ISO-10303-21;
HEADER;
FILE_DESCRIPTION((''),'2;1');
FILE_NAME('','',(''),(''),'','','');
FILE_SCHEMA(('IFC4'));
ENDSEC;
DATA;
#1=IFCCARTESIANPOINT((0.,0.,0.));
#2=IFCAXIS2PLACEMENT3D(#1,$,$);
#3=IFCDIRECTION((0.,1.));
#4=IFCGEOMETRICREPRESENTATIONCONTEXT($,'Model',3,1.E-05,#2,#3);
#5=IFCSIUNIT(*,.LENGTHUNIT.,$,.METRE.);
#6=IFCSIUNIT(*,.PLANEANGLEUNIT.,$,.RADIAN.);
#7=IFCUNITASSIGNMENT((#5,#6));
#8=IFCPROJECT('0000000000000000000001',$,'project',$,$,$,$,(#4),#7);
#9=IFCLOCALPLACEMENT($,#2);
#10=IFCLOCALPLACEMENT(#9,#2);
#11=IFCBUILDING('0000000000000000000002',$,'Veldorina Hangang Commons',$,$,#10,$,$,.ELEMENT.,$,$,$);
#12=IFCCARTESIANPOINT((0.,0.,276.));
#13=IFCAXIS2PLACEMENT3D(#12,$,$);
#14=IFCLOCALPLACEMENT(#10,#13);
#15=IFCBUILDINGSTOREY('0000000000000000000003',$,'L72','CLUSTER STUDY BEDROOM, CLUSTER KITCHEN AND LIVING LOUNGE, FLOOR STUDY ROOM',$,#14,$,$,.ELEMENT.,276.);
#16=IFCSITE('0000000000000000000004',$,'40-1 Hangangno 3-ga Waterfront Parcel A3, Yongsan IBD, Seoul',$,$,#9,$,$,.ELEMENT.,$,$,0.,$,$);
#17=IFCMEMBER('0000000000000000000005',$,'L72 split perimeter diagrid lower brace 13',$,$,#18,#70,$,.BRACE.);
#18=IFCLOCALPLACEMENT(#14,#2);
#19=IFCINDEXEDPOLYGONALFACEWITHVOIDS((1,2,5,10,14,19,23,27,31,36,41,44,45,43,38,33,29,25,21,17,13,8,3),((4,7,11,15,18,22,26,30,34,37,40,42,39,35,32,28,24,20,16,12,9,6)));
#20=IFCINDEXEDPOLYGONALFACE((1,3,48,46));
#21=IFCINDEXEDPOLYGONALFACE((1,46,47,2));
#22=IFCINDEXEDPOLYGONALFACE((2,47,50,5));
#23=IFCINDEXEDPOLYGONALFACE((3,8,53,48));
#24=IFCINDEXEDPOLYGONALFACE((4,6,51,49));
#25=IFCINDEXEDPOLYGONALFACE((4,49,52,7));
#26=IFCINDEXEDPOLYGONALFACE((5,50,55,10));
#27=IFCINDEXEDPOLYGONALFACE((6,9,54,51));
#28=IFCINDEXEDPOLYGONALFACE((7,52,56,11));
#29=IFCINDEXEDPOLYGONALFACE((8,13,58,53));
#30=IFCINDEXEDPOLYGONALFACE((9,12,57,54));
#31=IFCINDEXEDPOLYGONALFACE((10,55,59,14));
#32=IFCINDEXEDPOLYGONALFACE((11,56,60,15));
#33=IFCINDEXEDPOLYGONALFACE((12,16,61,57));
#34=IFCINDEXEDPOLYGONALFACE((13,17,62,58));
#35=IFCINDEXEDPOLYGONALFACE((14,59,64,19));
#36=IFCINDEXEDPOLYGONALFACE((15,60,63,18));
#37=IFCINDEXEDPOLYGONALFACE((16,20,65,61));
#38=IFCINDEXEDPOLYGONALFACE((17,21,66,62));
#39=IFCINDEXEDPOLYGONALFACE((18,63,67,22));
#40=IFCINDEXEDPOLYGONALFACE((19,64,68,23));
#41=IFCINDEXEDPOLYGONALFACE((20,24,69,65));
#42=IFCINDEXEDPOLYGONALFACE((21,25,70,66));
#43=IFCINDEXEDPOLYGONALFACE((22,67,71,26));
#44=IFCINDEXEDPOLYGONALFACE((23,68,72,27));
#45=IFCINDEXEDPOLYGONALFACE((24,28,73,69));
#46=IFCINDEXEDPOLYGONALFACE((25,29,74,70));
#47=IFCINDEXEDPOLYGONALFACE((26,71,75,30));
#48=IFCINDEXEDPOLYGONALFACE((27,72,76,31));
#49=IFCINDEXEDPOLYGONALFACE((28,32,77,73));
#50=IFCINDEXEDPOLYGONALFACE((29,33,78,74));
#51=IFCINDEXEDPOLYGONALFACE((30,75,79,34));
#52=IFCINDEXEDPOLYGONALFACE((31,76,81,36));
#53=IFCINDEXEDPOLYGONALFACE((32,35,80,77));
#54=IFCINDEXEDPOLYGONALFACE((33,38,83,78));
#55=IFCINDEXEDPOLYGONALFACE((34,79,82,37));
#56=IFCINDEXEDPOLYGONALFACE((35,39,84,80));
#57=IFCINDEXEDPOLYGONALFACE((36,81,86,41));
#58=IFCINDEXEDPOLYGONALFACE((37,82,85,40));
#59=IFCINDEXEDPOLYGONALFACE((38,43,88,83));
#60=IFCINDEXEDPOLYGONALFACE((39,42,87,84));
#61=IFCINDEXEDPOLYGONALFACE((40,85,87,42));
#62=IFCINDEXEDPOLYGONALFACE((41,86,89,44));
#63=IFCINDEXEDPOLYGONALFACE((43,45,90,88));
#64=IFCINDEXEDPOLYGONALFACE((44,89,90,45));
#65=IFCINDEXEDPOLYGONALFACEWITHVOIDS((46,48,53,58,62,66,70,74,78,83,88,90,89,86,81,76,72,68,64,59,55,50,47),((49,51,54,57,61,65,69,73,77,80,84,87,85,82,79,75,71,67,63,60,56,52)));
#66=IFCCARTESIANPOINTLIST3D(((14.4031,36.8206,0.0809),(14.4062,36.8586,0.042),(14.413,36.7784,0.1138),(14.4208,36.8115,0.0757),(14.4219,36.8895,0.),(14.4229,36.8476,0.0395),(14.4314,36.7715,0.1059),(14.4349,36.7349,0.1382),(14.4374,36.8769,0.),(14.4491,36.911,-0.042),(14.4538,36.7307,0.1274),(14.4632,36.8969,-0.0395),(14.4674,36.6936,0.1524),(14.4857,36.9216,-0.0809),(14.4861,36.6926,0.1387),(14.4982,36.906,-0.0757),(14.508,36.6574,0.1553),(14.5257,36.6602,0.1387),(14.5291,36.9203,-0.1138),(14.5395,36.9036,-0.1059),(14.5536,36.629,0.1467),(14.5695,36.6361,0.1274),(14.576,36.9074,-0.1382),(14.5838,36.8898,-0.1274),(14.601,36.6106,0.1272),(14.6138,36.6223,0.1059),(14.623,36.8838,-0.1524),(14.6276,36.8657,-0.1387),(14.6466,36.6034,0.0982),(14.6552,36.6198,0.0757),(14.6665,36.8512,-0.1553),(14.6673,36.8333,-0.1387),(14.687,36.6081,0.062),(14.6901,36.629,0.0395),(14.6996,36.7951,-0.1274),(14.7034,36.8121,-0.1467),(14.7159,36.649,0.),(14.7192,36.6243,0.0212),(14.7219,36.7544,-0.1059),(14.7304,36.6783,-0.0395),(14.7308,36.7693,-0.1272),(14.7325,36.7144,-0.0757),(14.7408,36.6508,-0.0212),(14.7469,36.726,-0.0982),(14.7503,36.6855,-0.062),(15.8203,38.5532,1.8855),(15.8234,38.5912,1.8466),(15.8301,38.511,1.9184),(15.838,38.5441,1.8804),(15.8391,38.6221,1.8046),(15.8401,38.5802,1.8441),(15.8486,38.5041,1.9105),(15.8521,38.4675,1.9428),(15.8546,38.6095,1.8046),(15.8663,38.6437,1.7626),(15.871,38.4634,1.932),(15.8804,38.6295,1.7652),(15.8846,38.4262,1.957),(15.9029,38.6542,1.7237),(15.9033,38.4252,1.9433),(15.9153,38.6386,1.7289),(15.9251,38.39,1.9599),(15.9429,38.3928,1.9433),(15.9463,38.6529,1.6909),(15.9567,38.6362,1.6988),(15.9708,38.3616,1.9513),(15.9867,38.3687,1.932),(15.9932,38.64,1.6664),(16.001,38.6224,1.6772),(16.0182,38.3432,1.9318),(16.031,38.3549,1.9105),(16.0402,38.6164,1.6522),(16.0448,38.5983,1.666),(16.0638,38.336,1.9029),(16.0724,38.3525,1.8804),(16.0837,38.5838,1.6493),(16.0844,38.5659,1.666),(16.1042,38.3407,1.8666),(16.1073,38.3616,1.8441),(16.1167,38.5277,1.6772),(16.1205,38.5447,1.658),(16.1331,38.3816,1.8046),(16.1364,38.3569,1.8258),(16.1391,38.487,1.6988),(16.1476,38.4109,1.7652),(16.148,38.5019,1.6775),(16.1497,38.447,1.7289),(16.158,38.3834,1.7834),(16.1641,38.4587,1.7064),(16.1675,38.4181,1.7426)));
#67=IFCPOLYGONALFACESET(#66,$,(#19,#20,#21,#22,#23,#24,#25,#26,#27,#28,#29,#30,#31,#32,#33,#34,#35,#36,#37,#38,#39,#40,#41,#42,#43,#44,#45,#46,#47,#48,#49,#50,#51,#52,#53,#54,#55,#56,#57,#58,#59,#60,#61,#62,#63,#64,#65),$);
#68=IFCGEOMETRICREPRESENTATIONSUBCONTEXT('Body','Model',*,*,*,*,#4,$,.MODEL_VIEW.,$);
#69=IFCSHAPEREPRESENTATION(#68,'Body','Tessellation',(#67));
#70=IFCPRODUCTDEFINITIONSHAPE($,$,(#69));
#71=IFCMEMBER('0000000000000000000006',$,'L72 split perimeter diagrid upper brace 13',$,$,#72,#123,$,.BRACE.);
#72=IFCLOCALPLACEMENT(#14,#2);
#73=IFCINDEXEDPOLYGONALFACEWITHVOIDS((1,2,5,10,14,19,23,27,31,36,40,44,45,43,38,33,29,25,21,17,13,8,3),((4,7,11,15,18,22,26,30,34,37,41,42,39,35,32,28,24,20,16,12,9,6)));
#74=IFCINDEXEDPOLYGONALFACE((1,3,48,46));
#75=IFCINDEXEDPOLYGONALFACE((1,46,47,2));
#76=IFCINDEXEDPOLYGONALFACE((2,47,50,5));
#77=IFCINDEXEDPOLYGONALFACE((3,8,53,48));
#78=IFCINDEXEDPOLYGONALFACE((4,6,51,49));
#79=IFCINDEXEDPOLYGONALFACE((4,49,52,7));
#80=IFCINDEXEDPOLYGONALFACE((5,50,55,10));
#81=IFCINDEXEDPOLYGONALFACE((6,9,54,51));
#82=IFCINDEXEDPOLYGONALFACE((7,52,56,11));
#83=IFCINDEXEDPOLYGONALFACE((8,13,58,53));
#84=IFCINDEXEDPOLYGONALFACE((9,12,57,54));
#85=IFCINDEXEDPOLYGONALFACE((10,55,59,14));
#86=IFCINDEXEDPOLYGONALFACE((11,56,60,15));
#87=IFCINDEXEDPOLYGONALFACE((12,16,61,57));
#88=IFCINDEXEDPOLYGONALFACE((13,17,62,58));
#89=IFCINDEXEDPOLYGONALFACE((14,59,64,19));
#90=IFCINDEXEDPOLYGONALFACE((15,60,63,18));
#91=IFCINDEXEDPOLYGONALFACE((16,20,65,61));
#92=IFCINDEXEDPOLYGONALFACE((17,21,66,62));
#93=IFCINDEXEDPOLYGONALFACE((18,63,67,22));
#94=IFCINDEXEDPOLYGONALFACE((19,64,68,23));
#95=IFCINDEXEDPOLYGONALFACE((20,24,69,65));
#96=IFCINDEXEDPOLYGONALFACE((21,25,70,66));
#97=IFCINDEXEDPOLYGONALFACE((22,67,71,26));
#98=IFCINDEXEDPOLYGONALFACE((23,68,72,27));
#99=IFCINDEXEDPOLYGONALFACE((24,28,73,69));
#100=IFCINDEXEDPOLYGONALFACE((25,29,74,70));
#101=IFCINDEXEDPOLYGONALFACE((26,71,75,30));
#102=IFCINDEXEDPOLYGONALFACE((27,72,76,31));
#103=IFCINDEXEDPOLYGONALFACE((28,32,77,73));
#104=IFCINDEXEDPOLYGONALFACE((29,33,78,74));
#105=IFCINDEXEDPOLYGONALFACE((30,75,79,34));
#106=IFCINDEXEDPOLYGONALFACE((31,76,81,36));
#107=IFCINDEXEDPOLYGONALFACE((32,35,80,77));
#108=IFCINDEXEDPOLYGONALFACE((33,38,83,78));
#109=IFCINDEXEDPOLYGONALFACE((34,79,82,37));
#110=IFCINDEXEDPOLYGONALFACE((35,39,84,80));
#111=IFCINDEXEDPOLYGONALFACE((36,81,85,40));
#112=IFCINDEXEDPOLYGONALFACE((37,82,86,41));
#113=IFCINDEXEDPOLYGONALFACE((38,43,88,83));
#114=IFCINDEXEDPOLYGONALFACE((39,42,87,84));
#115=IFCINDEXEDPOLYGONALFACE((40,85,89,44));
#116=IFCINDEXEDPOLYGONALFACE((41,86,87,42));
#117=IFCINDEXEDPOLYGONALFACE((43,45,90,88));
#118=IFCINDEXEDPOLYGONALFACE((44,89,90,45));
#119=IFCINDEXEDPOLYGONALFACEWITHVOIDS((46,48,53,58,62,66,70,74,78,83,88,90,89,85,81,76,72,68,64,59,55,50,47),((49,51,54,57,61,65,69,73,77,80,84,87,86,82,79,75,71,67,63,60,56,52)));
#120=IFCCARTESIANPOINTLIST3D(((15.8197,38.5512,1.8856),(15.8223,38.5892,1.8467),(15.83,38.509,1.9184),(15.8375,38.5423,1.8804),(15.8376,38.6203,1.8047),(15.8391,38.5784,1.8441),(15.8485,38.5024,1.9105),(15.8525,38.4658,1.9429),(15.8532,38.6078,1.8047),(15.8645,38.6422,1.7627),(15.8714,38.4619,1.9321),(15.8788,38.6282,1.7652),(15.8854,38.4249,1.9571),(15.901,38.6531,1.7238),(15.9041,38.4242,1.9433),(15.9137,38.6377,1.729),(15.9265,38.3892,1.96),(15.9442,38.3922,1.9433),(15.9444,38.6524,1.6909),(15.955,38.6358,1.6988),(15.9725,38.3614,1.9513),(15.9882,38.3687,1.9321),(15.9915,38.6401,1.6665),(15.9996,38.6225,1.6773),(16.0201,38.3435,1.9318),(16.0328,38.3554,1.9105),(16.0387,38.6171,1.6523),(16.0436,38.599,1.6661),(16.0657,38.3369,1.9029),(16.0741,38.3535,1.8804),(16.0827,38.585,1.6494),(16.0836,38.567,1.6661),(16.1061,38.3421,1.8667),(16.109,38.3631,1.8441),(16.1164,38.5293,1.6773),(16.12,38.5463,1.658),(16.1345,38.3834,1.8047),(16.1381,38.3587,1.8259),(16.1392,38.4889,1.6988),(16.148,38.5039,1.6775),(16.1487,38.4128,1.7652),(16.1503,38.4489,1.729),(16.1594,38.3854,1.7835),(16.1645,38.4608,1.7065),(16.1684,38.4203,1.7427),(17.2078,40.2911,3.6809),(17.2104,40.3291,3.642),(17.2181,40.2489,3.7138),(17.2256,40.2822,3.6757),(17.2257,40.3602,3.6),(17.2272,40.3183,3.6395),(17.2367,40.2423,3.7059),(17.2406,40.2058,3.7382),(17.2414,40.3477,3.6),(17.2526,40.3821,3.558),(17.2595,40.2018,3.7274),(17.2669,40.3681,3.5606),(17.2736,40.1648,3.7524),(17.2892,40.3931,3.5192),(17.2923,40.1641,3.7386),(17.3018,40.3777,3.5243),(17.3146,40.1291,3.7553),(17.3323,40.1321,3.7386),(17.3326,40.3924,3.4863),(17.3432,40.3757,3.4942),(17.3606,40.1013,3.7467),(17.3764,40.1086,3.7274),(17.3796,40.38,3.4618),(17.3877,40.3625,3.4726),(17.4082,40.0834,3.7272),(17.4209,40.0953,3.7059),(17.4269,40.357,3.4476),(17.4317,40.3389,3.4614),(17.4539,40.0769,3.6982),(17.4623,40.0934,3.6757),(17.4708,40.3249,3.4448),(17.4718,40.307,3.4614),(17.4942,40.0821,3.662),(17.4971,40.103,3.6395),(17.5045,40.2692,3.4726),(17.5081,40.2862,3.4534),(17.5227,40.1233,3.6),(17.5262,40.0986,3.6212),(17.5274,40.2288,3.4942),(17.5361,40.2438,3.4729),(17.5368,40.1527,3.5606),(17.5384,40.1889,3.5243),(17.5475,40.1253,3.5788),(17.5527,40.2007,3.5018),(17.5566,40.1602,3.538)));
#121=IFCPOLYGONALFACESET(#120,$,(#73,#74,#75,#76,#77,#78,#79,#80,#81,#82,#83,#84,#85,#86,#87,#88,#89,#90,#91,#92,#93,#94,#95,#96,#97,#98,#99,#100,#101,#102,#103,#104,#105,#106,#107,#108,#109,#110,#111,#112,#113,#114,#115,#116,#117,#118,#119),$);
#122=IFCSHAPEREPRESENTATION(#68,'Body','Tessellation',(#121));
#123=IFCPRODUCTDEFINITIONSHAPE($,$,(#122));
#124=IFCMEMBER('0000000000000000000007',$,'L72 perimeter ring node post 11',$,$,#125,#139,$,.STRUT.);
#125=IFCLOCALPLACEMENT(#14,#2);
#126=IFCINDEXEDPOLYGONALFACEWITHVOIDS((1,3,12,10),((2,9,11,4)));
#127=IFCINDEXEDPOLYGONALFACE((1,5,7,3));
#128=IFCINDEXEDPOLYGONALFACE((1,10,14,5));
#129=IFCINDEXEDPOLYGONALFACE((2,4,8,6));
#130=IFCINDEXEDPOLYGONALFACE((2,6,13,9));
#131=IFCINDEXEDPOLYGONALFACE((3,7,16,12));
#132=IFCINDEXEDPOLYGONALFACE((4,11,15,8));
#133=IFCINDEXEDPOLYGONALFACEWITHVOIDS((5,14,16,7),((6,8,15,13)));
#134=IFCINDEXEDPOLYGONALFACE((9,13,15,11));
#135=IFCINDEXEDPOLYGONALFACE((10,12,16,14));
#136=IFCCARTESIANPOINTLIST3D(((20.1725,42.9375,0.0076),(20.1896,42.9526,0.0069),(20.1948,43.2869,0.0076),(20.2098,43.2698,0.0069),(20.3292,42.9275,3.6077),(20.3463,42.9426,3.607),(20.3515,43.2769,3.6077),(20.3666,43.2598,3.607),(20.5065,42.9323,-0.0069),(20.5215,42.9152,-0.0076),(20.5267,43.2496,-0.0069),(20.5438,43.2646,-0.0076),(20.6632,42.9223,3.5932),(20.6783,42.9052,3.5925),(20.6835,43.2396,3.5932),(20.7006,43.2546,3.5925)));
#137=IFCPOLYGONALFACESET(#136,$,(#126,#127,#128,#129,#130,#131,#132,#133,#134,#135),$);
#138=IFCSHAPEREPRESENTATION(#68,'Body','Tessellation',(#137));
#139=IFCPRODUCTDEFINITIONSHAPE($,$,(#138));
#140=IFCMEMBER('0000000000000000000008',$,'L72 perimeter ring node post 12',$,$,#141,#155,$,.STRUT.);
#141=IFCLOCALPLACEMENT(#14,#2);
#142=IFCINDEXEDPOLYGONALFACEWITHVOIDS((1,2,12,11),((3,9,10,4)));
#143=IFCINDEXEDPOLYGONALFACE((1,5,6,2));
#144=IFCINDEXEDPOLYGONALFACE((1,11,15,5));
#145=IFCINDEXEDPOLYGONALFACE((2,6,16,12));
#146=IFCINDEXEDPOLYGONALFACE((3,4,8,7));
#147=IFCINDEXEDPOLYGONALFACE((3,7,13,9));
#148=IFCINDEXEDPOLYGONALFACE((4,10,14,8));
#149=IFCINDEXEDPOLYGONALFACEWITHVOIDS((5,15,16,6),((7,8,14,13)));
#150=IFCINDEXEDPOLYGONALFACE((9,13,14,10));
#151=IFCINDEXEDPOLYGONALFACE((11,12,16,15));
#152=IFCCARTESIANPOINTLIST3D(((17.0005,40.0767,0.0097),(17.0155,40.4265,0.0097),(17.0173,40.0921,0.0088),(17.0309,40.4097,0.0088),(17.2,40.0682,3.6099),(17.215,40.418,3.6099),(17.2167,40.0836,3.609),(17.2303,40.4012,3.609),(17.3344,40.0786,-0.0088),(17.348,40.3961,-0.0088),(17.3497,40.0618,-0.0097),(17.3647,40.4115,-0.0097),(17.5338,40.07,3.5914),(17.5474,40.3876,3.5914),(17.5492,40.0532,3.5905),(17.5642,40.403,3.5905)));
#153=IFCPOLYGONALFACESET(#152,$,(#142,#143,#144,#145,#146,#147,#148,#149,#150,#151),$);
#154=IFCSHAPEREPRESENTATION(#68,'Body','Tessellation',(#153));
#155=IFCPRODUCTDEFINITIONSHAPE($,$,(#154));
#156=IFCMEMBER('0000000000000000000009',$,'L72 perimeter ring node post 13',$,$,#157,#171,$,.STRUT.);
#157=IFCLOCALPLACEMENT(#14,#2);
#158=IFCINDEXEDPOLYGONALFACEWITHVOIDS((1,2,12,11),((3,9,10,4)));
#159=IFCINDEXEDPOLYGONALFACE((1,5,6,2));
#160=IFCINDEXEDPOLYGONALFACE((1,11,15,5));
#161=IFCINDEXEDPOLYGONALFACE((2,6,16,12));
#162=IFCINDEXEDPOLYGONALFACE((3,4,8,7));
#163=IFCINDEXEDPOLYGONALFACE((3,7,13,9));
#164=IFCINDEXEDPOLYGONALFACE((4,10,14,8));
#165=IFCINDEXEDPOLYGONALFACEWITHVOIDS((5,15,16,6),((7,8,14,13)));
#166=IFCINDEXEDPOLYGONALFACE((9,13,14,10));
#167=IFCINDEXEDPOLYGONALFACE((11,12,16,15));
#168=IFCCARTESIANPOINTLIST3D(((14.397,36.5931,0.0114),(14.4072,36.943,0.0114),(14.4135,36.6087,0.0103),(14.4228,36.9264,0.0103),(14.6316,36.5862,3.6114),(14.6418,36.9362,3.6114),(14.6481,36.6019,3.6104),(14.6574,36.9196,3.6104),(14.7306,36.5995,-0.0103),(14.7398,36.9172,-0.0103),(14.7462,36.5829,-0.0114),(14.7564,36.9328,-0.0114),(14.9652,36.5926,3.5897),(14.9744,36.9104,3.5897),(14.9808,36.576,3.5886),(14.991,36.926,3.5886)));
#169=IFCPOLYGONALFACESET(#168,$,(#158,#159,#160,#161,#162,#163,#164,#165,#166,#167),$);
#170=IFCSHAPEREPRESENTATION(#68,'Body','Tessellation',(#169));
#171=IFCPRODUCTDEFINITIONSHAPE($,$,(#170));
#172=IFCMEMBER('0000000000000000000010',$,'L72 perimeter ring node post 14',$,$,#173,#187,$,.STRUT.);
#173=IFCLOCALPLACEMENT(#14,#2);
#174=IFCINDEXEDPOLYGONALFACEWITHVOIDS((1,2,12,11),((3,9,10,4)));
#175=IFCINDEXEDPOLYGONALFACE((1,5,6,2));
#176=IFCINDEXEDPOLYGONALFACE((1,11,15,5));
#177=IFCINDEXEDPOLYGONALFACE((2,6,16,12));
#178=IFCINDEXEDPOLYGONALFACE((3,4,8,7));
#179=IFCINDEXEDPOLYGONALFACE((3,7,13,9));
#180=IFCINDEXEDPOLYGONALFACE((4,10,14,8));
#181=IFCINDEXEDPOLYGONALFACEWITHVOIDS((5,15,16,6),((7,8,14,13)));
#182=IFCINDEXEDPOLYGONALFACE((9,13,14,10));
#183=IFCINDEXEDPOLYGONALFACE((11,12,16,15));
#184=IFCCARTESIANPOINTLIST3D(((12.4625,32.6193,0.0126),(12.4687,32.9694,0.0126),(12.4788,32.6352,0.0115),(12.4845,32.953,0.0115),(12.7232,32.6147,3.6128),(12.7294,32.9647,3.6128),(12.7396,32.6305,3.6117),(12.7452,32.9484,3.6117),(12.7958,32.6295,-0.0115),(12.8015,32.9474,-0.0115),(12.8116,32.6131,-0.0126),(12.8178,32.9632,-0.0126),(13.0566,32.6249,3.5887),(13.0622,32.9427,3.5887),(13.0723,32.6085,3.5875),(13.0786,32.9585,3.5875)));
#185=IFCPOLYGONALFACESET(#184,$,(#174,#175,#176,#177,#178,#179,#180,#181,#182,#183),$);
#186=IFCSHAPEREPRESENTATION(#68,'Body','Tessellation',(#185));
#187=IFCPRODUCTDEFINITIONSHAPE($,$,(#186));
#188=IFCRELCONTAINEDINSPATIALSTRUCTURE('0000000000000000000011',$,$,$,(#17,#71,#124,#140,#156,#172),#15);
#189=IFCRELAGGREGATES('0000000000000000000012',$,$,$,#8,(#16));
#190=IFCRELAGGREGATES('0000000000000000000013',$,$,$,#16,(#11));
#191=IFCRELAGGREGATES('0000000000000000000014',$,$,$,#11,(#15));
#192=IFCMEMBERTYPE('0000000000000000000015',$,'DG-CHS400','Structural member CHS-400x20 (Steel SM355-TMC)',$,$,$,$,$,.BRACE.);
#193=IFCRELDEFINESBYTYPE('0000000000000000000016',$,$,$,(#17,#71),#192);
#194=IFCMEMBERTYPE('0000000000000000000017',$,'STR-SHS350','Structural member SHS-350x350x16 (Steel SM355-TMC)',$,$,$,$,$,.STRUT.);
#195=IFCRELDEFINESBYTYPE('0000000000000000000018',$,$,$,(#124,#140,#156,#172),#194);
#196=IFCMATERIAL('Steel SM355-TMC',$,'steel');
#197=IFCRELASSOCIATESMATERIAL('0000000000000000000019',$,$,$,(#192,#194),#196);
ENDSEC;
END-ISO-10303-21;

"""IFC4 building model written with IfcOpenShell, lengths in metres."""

from ifc_helpers import new_model, si_unit, direction, frame, origin, origin_2d, place, context, subcontext, project, spatial, hollow_rectangle, hollow_circle, extrude, material, material_profile, profile_set, type_object, element, save


model = new_model("IFC4")

# Units and contexts
model_context = context("Model", 3, precision=1e-05, world=origin(), true_north=direction((0.0, 1.0)))
body_context = subcontext(model_context, "Body", "Model", "MODEL_VIEW")
ifc_project = project(units=[si_unit("LENGTHUNIT", "METRE"), si_unit("PLANEANGLEUNIT", "RADIAN")], contexts=[model_context])

# Site, building, storey
site_placement = place(None, origin())
site = spatial("IfcSite", under=ifc_project, at=site_placement, Name="40-1 Hangangno 3-ga Waterfront Parcel A3, Yongsan IBD, Seoul", CompositionType="ELEMENT", RefElevation=0.0)
building_placement = place(site_placement, origin())
building = spatial("IfcBuilding", under=site, at=building_placement, Name="Veldorina Hangang Commons", CompositionType="ELEMENT")
storey_placement = place(building_placement, frame((0.0, 0.0, 276.0)))
storey = spatial("IfcBuildingStorey", under=building, at=storey_placement, Name="L72", Description="CLUSTER STUDY BEDROOM, CLUSTER KITCHEN AND LIVING LOUNGE, FLOOR STUDY ROOM", CompositionType="ELEMENT", Elevation=276.0)

# Shared definitions
ifc_material_1 = material(Name="Steel SM355-TMC", Category="steel")

# Members
ifc_material_profile_1 = material_profile(ifc_material_1, hollow_circle(Radius=0.2, WallThickness=0.02, at=origin_2d()), Name="CHS-400x20")
ifc_profile_set_1 = profile_set([ifc_material_profile_1], Name="Steel SM355-TMC")
member_type_1 = type_object("IfcMemberType", Name="DG-CHS400", Description="Structural member CHS-400x20 (Steel SM355-TMC)", PredefinedType="BRACE", material=ifc_profile_set_1)
member_1_placement = place(storey_placement, frame((14.5767, 36.7629, 0.0), z_axis=(0.492893, 0.602595, 0.627643), x_axis=(-0.774045, 0.633131, 0.0)))
element("IfcMember", 1, at=member_1_placement, inside=storey, type_object=member_type_1, Name="L72 split perimeter diagrid lower brace 13", PredefinedType="BRACE", context=body_context, shape_type="SweptSolid", body=[
    extrude(hollow_circle(Radius=0.2, WallThickness=0.02, at=origin_2d()), origin(), (0.0, 0.0, 1.0), 2.8752),
])
member_2_placement = place(storey_placement, frame((15.9939, 38.4956, 1.8047), z_axis=(0.485423, 0.608443, 0.627823), x_axis=(-0.781703, 0.623651, 0.0)))
element("IfcMember", 2, at=member_2_placement, inside=storey, type_object=member_type_1, Name="L72 split perimeter diagrid upper brace 13", PredefinedType="BRACE", context=body_context, shape_type="SweptSolid", body=[
    extrude(hollow_circle(Radius=0.2, WallThickness=0.02, at=origin_2d()), origin(), (0.0, 0.0, 1.0), 2.8596),
])
ifc_material_profile_2 = material_profile(ifc_material_1, hollow_rectangle(XDim=0.3501, YDim=0.3501, WallThickness=0.0161, at=origin_2d()), Name="SHS-350x350x16")
ifc_profile_set_2 = profile_set([ifc_material_profile_2], Name="Steel SM355-TMC")
member_type_2 = type_object("IfcMemberType", Name="STR-SHS350", Description="Structural member SHS-350x350x16 (Steel SM355-TMC)", PredefinedType="STRUT", material=ifc_profile_set_2)
member_3_placement = place(storey_placement, frame((20.3582, 43.1011, 0.0), z_axis=(0.043496, -0.002778, 0.99905), x_axis=(0.063733, 0.997967, 0.0)))
element("IfcMember", 3, at=member_3_placement, inside=storey, type_object=member_type_2, Name="L72 perimeter ring node post 11", PredefinedType="STRUT", context=body_context, shape_type="SweptSolid", body=[
    extrude(hollow_rectangle(XDim=0.3501, YDim=0.3501, WallThickness=0.0161, at=origin_2d()), origin(), (0.0, 0.0, 1.0), 3.6035),
])
member_4_placement = place(storey_placement, frame((17.1826, 40.2441, 0.0), z_axis=(0.05532, -0.00237, 0.998466), x_axis=(0.0428, 0.999084, 0.0)))
element("IfcMember", 4, at=member_4_placement, inside=storey, type_object=member_type_2, Name="L72 perimeter ring node post 12", PredefinedType="STRUT", context=body_context, shape_type="SweptSolid", body=[
    extrude(hollow_rectangle(XDim=0.3501, YDim=0.3501, WallThickness=0.0161, at=origin_2d()), origin(), (0.0, 0.0, 1.0), 3.6057),
])
member_5_placement = place(storey_placement, frame((14.5767, 36.7629, 0.0), z_axis=(0.065032, -0.001895, 0.997881), x_axis=(0.029124, 0.999576, 0.0)))
element("IfcMember", 5, at=member_5_placement, inside=storey, type_object=member_type_2, Name="L72 perimeter ring node post 13", PredefinedType="STRUT", context=body_context, shape_type="SweptSolid", body=[
    extrude(hollow_rectangle(XDim=0.3501, YDim=0.3501, WallThickness=0.0161, at=origin_2d()), origin(), (0.0, 0.0, 1.0), 3.6077),
])
member_6_placement = place(storey_placement, frame((12.6401, 32.7913, 0.0), z_axis=(0.072237, -0.001285, 0.997387), x_axis=(0.017787, 0.999842, 0.0)))
element("IfcMember", 6, at=member_6_placement, inside=storey, type_object=member_type_2, Name="L72 perimeter ring node post 14", PredefinedType="STRUT", context=body_context, shape_type="SweptSolid", body=[
    extrude(hollow_rectangle(XDim=0.3501, YDim=0.3501, WallThickness=0.0161, at=origin_2d()), origin(), (0.0, 0.0, 1.0), 3.6096),
])

save(model, "model.ifc")
